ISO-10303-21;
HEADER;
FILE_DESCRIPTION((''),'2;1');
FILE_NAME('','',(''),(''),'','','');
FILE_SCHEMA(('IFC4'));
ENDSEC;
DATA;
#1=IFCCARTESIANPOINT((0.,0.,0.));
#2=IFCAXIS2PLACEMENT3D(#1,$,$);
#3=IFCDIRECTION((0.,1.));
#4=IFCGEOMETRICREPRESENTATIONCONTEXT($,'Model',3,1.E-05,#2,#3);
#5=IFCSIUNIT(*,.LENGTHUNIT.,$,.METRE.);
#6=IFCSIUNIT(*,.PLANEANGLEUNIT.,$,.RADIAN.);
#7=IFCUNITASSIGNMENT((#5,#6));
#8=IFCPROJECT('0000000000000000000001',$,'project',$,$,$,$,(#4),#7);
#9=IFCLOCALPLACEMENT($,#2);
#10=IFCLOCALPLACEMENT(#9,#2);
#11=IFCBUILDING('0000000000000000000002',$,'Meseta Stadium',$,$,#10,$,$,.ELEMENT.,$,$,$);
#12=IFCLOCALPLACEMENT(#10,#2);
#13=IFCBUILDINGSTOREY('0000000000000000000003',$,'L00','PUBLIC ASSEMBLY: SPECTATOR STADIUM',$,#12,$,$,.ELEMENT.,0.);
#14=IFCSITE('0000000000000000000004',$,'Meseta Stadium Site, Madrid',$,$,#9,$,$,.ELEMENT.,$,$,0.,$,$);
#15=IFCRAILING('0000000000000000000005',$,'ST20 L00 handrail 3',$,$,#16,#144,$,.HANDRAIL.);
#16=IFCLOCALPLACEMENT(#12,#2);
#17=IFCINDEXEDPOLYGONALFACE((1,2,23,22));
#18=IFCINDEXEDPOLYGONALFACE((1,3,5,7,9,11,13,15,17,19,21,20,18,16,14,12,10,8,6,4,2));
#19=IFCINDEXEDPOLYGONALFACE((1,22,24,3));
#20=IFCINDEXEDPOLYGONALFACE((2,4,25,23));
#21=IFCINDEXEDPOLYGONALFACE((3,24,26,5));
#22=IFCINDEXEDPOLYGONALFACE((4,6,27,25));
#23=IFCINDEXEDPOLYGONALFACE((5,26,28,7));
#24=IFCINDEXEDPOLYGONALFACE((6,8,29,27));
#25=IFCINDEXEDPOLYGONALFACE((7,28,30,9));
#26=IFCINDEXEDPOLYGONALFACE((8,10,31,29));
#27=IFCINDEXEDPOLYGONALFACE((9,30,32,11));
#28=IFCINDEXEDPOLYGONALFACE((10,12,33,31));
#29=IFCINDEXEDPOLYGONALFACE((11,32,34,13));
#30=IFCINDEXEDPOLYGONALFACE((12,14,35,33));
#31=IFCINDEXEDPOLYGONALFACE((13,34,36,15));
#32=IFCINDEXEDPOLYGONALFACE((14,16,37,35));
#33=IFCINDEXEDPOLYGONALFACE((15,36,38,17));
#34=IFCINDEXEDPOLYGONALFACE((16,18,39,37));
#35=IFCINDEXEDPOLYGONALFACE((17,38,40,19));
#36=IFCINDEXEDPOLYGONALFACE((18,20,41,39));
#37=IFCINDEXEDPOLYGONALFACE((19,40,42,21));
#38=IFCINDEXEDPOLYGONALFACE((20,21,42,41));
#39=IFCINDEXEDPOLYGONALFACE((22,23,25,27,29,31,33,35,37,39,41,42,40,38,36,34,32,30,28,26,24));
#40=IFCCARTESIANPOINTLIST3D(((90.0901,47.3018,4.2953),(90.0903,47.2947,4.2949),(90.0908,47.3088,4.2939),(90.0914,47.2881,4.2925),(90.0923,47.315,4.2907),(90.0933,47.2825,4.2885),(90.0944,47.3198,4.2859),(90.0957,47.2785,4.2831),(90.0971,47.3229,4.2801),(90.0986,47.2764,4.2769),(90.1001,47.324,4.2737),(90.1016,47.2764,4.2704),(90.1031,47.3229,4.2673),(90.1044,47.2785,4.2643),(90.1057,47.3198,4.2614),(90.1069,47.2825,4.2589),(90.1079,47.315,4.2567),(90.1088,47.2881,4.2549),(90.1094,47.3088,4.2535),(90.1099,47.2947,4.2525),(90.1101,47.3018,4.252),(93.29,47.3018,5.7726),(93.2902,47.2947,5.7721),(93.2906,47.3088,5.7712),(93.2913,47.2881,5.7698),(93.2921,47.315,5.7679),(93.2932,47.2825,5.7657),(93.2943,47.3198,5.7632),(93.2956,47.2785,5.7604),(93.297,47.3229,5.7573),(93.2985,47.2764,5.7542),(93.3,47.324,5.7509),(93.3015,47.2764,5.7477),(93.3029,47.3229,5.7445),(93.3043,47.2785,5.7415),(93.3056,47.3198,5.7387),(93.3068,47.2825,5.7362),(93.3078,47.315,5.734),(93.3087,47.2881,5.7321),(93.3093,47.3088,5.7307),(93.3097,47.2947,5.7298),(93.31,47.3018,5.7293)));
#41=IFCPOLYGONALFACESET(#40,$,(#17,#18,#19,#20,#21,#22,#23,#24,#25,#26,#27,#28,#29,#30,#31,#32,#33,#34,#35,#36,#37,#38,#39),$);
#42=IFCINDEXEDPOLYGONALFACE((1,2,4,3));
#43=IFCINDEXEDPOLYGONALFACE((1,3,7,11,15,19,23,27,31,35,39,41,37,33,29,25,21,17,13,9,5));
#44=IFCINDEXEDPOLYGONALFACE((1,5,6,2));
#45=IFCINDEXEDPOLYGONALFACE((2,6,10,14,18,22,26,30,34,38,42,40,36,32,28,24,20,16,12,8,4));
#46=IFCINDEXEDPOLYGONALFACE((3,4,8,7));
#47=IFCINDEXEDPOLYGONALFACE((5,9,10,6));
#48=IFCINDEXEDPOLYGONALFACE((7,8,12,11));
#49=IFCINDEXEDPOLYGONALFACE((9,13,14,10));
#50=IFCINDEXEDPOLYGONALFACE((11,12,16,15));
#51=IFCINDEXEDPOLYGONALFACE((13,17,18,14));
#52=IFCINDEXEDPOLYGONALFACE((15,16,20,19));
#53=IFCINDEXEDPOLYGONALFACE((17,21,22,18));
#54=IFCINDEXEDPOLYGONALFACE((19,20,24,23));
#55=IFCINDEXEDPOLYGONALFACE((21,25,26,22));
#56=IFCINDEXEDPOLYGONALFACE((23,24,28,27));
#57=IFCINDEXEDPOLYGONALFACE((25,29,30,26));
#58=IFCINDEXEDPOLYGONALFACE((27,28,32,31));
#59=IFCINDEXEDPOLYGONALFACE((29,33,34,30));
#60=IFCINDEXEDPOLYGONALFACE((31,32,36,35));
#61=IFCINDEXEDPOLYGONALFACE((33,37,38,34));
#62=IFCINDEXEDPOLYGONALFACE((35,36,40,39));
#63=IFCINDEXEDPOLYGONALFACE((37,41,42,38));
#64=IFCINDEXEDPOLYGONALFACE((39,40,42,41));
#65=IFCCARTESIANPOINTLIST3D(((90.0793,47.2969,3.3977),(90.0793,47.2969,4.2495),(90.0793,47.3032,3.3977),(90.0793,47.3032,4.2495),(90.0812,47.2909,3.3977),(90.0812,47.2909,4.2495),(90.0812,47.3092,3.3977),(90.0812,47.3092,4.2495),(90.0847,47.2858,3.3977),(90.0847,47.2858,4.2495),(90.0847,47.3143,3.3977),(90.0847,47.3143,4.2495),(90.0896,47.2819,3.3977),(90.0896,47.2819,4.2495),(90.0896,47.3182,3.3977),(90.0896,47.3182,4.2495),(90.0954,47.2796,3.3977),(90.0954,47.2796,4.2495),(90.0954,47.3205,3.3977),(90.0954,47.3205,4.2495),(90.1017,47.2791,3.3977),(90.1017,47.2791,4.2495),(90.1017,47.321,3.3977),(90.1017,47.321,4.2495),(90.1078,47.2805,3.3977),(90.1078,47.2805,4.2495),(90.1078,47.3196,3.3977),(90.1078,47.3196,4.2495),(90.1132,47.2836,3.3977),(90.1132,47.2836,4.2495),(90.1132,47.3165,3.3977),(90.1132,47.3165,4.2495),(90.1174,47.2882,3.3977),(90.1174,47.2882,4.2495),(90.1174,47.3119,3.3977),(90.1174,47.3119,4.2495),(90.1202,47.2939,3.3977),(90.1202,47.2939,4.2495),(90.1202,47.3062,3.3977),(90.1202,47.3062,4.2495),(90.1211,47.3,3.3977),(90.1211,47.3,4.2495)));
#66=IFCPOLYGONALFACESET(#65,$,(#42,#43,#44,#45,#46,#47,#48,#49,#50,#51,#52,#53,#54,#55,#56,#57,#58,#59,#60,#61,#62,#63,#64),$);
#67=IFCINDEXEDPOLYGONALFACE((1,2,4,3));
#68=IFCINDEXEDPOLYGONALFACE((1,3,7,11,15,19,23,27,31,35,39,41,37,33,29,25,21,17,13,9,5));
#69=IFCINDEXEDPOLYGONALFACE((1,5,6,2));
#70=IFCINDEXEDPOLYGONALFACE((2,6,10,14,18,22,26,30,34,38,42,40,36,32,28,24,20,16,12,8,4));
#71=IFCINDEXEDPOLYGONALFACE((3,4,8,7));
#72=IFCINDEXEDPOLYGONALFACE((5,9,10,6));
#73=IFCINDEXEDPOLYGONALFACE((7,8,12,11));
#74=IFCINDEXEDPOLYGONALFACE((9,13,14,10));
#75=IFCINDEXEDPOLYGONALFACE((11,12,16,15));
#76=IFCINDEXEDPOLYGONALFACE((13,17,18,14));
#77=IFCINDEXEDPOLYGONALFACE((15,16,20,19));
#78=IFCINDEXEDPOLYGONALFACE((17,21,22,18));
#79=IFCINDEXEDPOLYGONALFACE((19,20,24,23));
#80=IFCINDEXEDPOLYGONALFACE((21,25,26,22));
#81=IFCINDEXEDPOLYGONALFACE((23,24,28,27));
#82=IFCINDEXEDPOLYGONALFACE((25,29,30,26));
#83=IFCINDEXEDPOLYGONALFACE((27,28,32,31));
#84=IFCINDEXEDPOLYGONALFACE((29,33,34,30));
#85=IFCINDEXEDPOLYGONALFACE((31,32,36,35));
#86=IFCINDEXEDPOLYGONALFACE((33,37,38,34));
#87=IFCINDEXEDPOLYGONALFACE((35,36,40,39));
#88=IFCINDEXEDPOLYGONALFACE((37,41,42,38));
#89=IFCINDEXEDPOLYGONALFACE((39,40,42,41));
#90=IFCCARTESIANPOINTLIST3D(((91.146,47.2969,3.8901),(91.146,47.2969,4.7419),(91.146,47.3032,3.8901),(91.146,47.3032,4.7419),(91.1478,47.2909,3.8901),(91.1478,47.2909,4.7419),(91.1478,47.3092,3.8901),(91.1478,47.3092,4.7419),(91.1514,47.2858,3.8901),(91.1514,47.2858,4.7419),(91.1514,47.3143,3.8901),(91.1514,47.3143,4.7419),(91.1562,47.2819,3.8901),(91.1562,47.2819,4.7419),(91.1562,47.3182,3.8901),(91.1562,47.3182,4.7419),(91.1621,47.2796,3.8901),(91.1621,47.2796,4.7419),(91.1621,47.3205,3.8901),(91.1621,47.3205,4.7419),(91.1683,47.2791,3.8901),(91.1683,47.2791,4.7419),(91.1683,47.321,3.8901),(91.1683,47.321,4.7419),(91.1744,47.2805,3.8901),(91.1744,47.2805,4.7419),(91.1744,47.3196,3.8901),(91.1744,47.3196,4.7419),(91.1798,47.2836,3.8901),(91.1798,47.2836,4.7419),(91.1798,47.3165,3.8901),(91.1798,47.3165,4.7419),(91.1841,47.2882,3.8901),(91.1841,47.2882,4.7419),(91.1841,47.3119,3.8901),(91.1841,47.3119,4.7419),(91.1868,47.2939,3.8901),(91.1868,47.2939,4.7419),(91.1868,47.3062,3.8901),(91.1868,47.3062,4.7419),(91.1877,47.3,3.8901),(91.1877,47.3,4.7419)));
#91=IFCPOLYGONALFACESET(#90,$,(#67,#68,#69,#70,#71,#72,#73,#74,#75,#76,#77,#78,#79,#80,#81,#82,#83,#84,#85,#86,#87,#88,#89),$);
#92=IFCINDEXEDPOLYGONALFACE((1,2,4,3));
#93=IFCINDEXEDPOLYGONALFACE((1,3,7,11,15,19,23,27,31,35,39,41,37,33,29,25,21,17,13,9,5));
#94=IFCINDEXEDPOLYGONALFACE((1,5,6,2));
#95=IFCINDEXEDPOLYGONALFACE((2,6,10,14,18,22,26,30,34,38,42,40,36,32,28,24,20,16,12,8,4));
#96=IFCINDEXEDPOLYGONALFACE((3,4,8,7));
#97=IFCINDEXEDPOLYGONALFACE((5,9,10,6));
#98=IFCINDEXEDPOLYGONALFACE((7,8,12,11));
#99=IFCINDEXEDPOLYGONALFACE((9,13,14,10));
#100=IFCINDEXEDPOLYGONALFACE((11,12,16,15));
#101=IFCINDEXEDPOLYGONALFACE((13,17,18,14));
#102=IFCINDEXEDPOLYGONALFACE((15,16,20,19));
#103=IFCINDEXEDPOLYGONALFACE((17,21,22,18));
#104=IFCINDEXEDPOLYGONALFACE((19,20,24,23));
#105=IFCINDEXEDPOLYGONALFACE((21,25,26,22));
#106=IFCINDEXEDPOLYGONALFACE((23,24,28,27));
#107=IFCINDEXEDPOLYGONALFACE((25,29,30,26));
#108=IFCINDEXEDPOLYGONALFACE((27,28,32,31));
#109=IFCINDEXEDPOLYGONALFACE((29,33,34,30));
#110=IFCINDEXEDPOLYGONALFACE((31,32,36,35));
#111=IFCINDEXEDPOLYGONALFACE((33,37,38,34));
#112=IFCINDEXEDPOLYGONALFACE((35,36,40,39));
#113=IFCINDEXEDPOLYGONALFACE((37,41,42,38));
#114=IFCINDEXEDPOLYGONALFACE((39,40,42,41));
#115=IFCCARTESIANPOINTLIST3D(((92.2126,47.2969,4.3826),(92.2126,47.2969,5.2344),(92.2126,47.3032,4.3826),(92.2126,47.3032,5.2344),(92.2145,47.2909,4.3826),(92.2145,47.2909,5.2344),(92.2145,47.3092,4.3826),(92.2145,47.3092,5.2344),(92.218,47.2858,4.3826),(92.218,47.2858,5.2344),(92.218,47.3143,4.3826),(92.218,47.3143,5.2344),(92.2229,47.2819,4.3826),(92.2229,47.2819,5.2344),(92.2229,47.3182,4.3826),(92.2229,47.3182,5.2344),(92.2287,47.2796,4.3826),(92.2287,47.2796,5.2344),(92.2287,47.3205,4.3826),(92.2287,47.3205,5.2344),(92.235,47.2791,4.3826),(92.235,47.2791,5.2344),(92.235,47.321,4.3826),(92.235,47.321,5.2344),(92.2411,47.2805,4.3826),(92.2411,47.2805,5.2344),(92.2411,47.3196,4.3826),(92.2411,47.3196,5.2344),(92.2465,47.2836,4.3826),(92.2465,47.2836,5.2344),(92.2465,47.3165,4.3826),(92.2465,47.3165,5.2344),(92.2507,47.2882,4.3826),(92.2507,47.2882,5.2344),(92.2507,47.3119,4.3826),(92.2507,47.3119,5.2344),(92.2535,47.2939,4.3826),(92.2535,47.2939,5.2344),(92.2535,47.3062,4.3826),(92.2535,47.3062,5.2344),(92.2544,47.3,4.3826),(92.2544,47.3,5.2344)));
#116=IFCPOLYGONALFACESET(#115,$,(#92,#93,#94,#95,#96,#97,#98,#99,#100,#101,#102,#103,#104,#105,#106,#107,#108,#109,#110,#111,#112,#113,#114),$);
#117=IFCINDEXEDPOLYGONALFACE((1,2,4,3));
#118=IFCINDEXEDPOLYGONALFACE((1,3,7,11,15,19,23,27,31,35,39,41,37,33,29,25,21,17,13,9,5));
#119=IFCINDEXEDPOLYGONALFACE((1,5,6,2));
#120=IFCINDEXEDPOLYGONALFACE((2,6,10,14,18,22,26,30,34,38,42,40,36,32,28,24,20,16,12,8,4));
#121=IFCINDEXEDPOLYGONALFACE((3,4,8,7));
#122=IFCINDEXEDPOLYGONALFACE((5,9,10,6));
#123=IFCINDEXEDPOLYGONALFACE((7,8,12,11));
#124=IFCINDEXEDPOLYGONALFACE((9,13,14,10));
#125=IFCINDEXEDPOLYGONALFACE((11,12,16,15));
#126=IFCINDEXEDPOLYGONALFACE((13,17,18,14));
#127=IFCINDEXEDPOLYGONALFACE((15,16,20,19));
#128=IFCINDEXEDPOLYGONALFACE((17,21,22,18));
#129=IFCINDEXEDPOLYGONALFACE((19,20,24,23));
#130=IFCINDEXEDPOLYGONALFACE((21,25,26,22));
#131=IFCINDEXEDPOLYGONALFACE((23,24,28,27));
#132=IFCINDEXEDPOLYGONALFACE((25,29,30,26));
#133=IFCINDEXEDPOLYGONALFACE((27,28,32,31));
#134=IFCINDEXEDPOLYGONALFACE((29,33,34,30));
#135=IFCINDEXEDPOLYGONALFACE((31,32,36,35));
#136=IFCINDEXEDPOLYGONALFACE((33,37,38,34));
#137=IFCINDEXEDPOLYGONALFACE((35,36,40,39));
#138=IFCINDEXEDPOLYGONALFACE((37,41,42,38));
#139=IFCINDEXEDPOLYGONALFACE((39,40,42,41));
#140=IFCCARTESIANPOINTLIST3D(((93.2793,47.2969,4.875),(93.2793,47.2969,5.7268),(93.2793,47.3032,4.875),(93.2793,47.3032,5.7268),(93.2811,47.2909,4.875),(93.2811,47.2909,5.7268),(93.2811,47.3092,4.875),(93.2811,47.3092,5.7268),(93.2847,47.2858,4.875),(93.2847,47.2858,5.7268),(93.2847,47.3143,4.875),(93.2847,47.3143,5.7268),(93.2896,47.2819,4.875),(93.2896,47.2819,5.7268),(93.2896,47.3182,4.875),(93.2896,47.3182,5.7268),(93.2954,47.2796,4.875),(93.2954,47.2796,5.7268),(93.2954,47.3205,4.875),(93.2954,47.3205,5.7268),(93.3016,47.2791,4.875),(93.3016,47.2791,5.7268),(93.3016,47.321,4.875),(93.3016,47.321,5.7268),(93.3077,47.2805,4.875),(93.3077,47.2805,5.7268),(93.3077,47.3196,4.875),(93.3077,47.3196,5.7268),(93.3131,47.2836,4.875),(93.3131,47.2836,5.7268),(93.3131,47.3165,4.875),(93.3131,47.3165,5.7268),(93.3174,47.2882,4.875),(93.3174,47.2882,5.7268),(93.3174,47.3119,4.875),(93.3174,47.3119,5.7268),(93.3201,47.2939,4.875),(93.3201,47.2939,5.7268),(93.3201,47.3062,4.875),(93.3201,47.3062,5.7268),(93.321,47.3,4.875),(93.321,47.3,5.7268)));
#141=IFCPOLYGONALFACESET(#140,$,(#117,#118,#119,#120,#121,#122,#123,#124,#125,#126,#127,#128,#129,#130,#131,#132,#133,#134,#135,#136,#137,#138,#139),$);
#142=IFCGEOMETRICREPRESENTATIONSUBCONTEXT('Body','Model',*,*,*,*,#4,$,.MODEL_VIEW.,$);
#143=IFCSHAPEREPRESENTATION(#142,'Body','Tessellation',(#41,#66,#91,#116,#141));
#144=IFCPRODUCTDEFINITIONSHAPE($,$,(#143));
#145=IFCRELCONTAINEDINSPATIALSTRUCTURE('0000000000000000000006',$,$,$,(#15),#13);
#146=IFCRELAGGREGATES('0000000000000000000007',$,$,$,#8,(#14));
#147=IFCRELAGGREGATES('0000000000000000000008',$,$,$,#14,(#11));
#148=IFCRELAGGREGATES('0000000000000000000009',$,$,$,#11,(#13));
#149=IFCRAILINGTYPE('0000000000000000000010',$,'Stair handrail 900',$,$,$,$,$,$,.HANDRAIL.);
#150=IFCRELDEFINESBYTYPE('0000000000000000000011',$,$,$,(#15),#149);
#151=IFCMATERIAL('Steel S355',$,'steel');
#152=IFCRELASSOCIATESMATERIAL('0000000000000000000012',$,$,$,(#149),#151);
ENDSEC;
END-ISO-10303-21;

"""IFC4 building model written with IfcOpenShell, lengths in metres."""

from ifc_helpers import new_model, si_unit, direction, frame, origin, origin_2d, place, context, subcontext, project, spatial, circle, extrude, material, type_object, element, save


model = new_model("IFC4")

# Units and contexts
model_context = context("Model", 3, precision=1e-05, world=origin(), true_north=direction((0.0, 1.0)))
body_context = subcontext(model_context, "Body", "Model", "MODEL_VIEW")
ifc_project = project(units=[si_unit("LENGTHUNIT", "METRE"), si_unit("PLANEANGLEUNIT", "RADIAN")], contexts=[model_context])

# Site, building, storey
site_placement = place(None, origin())
site = spatial("IfcSite", under=ifc_project, at=site_placement, Name="Meseta Stadium Site, Madrid", CompositionType="ELEMENT", RefElevation=0.0)
building_placement = place(site_placement, origin())
building = spatial("IfcBuilding", under=site, at=building_placement, Name="Meseta Stadium", CompositionType="ELEMENT")
storey_placement = place(building_placement, origin())
storey = spatial("IfcBuildingStorey", under=building, at=storey_placement, Name="L00", Description="PUBLIC ASSEMBLY: SPECTATOR STADIUM", CompositionType="ELEMENT", Elevation=0.0)

# Railing
ifc_material_1 = material(Name="Steel S355", Category="steel")
railing_type_1 = type_object("IfcRailingType", Name="Stair handrail 900", PredefinedType="HANDRAIL", material=ifc_material_1)
railing_1_placement = place(storey_placement, frame((90.1001, 47.3, 3.3977)))
element("IfcRailing", 1, at=railing_1_placement, inside=storey, type_object=railing_type_1, Name="ST20 L00 handrail 3", PredefinedType="HANDRAIL", context=body_context, shape_type="SweptSolid", body=[
    extrude(circle(Radius=0.0239, at=origin_2d()), frame((0.0, 0.0, 0.876), z_axis=(0.907917, 0.0, 0.41915), x_axis=(0.0, 1.0, 0.0)), (0.0, 0.0, 1.0), 3.5244),
    extrude(circle(Radius=0.021, at=origin_2d()), origin(), (0.0, 0.0, 1.0), 0.8518),
    extrude(circle(Radius=0.021, at=origin_2d()), frame((1.0667, 0.0, 0.4924)), (0.0, 0.0, 1.0), 0.8518),
    extrude(circle(Radius=0.021, at=origin_2d()), frame((2.1333, 0.0, 0.9849)), (0.0, 0.0, 1.0), 0.8518),
    extrude(circle(Radius=0.021, at=origin_2d()), frame((3.2, 0.0, 1.4773)), (0.0, 0.0, 1.0), 0.8518),
])

save(model, "model.ifc")
